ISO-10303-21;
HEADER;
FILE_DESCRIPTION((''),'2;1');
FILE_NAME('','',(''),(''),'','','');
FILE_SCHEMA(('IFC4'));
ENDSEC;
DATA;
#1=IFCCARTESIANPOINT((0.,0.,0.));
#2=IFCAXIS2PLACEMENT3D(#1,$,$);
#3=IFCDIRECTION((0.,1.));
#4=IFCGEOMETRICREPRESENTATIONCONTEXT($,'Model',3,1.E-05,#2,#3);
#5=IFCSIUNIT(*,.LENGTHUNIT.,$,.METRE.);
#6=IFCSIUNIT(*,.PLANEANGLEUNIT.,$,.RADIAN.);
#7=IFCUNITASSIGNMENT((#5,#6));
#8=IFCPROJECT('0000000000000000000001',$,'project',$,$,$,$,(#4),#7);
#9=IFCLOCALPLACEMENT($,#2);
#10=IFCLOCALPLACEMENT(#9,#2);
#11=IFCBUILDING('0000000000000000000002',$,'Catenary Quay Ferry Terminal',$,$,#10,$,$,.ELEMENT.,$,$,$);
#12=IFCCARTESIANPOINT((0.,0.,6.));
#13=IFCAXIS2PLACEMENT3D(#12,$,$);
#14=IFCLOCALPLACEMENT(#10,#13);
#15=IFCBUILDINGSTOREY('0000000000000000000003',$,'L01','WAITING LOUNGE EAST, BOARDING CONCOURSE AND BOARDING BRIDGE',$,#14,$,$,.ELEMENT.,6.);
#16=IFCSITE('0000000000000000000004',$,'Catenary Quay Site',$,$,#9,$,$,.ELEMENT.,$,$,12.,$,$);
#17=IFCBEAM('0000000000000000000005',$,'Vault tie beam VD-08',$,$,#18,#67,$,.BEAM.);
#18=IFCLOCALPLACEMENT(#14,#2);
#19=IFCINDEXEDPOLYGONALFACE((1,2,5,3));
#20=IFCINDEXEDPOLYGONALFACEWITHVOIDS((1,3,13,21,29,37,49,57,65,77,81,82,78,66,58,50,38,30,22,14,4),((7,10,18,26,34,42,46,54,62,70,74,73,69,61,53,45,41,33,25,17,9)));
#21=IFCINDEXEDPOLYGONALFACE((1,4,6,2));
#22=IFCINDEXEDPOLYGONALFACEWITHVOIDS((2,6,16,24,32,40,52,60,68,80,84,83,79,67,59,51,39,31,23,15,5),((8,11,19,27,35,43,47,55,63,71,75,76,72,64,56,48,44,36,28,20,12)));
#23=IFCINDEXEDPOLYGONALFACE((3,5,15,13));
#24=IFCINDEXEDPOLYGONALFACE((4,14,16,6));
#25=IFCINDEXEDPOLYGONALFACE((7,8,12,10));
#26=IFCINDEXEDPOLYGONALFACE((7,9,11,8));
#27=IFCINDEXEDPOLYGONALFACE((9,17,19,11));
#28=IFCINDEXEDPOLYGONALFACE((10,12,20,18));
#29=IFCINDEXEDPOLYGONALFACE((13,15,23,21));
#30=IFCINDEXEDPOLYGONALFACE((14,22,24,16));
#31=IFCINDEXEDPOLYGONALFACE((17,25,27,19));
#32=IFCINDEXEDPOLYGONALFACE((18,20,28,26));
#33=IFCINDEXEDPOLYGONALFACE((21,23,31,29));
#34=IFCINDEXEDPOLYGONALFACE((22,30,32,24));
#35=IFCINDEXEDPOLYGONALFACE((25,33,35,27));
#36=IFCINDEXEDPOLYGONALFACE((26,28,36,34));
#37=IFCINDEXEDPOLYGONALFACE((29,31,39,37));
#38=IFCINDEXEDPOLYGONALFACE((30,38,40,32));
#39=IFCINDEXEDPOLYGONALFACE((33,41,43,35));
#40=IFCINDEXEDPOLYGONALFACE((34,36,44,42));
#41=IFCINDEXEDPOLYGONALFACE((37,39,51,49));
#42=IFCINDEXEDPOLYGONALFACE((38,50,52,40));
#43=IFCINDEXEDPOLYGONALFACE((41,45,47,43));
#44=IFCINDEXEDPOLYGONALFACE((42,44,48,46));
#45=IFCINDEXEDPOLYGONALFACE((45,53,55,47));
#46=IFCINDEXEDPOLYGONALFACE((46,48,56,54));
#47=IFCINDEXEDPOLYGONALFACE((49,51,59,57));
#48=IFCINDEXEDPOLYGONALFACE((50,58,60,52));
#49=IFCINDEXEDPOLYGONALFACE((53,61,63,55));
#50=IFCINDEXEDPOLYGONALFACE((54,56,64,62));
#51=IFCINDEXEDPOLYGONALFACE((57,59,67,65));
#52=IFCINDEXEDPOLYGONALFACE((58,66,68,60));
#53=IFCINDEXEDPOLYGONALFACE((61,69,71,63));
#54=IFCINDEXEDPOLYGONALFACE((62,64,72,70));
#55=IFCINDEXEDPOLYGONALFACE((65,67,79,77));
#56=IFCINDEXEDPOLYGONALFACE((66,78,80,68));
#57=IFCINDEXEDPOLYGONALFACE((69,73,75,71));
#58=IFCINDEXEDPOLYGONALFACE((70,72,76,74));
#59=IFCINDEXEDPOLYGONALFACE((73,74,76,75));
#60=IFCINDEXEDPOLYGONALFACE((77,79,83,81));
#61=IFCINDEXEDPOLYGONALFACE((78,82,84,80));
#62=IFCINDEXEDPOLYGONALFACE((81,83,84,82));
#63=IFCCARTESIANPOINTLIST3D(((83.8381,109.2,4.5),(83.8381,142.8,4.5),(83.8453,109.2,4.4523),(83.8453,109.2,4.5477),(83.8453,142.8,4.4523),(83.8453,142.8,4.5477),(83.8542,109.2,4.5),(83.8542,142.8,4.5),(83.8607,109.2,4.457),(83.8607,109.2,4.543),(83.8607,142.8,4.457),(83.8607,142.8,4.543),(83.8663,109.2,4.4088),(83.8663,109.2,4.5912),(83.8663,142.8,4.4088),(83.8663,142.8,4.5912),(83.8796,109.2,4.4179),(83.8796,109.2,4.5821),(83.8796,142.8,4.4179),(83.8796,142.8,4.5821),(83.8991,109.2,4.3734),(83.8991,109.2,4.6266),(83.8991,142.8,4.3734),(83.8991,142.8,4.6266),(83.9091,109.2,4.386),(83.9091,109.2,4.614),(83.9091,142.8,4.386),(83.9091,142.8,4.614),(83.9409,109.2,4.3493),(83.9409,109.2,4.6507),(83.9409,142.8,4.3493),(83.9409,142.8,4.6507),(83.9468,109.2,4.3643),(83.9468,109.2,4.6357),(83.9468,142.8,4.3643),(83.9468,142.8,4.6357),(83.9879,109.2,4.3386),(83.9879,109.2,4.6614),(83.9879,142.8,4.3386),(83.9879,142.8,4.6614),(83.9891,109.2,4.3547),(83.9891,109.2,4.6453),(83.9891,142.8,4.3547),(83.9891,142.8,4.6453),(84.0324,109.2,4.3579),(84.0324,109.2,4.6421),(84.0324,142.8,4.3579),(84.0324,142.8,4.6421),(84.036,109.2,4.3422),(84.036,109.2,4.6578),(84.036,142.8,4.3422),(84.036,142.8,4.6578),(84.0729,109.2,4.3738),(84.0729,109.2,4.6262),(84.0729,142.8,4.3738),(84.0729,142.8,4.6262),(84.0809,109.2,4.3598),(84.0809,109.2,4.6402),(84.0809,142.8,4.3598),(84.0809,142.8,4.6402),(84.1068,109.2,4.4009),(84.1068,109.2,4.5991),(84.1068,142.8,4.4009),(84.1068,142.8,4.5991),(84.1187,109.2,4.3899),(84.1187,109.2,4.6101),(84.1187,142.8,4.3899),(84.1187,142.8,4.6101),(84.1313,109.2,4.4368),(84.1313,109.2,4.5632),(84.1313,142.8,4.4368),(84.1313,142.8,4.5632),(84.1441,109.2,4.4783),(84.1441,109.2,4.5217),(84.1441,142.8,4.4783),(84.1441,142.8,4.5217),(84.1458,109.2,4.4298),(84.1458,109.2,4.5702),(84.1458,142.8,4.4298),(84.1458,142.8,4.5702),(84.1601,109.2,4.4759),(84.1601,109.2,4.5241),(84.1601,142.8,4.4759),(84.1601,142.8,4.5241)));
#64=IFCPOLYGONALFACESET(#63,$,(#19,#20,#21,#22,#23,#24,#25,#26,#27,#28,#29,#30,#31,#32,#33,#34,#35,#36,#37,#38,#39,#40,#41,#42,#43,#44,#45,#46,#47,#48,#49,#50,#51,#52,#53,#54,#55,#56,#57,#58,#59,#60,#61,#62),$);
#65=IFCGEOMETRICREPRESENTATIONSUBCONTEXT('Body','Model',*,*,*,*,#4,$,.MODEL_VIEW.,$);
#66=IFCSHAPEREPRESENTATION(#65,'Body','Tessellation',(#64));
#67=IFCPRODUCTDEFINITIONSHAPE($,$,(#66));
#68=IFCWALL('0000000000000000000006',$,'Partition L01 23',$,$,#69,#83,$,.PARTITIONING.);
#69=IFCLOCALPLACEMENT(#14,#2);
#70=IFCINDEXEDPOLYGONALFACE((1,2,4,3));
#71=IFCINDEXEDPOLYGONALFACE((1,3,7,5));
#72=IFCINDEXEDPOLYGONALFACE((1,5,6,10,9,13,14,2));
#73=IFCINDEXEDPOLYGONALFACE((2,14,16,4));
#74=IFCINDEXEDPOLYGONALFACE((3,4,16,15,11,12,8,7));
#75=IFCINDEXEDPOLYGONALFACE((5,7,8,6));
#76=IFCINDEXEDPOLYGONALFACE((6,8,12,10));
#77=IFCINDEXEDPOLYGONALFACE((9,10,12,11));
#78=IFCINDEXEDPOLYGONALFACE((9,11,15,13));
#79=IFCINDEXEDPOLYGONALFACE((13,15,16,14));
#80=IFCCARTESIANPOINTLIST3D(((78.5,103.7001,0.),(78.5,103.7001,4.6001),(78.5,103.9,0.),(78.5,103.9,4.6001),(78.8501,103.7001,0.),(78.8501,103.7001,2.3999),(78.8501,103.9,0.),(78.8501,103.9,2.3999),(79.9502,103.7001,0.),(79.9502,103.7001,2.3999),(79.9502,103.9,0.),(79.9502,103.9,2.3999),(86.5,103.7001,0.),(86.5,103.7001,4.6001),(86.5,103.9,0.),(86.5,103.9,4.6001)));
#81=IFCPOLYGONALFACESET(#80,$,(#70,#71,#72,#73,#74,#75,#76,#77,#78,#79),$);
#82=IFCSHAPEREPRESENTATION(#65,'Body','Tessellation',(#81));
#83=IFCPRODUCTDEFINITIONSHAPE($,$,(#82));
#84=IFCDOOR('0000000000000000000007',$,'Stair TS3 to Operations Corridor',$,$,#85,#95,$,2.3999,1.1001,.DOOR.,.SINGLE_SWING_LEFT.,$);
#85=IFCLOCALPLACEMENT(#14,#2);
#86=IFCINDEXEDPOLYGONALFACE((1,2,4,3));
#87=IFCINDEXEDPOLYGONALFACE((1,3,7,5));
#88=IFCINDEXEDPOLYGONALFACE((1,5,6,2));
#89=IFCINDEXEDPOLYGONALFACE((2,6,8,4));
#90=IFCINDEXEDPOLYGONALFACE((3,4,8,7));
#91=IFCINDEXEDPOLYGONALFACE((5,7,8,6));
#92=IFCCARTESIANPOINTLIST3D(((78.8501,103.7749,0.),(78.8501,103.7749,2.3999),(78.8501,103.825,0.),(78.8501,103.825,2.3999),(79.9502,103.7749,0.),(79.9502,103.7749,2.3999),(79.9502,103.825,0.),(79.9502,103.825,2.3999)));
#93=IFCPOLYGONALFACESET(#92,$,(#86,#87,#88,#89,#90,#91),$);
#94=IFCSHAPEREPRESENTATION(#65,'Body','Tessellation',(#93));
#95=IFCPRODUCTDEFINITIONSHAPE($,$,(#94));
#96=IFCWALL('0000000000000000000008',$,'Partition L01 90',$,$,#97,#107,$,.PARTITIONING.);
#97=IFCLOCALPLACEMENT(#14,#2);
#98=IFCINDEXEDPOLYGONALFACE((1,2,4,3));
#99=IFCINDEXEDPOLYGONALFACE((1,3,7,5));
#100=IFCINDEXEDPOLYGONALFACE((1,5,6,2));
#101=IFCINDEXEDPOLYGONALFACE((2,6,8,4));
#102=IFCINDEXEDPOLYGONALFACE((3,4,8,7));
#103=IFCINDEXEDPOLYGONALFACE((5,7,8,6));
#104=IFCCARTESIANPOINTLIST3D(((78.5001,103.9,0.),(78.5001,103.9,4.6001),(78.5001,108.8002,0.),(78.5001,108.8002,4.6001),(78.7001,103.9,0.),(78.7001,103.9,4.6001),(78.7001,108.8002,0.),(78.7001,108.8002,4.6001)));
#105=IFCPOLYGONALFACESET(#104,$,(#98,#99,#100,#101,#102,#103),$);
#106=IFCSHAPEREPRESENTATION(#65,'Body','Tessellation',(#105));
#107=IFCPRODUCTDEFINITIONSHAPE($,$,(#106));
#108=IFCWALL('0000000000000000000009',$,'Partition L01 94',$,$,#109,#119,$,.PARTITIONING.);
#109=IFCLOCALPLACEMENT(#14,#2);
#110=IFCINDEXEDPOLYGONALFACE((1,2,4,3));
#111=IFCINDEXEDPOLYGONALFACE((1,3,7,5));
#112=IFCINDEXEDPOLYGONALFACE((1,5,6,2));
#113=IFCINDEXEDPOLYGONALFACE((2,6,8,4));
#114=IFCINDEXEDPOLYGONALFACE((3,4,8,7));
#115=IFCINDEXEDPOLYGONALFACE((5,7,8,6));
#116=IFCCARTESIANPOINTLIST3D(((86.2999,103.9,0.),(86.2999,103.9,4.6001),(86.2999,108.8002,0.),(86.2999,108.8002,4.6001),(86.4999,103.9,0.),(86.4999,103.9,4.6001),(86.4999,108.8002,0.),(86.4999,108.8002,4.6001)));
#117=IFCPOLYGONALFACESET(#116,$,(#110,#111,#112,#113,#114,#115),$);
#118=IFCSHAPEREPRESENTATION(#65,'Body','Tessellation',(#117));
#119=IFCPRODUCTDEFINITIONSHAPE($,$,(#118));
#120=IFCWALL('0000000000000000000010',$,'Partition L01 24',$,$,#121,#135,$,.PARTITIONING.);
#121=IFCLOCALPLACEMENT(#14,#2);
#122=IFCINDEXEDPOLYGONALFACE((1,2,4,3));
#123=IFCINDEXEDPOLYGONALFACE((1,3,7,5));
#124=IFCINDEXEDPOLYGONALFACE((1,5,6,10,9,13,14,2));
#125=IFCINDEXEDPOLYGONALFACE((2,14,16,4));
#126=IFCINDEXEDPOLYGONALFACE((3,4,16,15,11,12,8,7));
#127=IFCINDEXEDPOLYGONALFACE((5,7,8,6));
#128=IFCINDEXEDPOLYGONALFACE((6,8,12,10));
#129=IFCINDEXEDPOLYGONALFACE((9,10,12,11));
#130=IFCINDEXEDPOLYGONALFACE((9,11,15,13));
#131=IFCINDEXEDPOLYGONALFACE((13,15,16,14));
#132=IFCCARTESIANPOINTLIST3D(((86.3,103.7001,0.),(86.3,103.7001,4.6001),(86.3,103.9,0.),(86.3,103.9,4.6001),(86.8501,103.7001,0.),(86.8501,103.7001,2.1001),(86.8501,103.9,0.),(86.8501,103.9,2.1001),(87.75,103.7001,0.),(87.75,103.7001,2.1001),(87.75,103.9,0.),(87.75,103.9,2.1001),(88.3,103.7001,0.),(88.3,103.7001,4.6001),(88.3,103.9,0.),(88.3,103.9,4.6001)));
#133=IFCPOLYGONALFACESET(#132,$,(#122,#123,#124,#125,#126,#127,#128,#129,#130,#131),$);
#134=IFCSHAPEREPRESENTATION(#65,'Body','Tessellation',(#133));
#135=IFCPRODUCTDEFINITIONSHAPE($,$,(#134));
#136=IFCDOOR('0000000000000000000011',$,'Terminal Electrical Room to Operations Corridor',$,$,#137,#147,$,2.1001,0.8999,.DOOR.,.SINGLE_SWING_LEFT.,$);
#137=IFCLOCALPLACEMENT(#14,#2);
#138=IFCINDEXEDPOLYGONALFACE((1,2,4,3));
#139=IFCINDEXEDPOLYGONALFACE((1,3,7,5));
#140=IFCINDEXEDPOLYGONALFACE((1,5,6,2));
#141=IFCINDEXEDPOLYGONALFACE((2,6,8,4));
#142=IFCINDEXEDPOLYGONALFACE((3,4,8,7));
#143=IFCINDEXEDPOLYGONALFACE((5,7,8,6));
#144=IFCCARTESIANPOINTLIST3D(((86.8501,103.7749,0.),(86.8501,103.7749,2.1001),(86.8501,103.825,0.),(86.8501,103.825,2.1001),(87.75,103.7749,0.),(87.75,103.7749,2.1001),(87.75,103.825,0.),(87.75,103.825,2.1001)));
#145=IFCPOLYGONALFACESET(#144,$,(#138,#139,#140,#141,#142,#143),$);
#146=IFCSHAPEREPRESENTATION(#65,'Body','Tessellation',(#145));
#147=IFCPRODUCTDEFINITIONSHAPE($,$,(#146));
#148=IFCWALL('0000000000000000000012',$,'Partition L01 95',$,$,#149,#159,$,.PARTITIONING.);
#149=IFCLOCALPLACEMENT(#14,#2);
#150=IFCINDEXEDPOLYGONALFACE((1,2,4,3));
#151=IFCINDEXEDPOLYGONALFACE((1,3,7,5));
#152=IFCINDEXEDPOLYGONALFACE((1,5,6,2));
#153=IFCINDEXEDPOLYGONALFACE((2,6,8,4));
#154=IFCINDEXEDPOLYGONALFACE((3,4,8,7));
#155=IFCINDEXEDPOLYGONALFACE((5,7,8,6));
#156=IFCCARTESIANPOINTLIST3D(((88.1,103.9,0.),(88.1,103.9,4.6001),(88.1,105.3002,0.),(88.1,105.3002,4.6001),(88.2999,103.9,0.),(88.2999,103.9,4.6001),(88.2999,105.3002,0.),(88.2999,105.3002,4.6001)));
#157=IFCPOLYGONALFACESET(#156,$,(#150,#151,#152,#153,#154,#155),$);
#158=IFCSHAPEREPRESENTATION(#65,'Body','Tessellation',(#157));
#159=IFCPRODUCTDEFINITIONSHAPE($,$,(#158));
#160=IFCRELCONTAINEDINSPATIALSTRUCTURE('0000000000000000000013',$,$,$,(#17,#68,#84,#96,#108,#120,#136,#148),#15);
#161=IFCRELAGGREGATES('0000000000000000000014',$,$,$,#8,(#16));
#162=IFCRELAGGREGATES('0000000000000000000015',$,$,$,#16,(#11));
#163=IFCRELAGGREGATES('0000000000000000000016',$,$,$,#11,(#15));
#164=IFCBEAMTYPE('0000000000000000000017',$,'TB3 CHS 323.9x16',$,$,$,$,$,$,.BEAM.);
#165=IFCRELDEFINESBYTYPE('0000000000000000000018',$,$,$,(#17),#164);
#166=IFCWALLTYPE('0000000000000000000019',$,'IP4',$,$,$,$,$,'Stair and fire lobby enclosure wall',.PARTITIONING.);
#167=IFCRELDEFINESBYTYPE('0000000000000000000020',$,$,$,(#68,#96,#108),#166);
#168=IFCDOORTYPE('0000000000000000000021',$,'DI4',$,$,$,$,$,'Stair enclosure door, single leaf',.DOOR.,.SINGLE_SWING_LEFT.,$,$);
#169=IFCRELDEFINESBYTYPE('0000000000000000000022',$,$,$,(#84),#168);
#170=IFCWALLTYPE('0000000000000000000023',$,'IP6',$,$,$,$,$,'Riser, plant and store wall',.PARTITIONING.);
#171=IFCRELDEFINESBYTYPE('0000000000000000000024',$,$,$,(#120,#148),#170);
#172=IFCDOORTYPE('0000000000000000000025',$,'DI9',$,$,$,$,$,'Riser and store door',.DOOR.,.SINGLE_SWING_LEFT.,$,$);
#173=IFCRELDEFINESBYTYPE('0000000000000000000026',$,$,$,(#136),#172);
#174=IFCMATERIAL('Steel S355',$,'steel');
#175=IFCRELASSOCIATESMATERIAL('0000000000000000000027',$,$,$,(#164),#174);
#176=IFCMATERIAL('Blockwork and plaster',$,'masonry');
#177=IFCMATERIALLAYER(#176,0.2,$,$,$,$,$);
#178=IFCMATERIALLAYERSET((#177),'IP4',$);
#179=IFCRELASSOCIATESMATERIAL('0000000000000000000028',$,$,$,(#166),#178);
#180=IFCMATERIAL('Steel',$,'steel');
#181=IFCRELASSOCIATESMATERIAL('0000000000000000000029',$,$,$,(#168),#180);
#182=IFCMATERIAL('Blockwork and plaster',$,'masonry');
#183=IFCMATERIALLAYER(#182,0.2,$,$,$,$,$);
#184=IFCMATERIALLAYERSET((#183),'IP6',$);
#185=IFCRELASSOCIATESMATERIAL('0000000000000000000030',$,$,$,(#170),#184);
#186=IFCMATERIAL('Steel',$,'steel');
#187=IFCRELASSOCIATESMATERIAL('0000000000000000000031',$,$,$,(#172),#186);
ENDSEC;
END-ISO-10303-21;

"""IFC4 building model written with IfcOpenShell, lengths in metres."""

from ifc_helpers import new_model, si_unit, direction, frame, frame_2d, origin, origin_2d, place, context, subcontext, project, spatial, rectangle, hollow_circle, extrude, material, layer, layer_set, material_profile, profile_set, type_object, element, fill, save


model = new_model("IFC4")

# Units and contexts
model_context = context("Model", 3, precision=1e-05, world=origin(), true_north=direction((0.0, 1.0)))
body_context = subcontext(model_context, "Body", "Model", "MODEL_VIEW")
ifc_project = project(units=[si_unit("LENGTHUNIT", "METRE"), si_unit("PLANEANGLEUNIT", "RADIAN")], contexts=[model_context])

# Site, building, storey
site_placement = place(None, origin())
site = spatial("IfcSite", under=ifc_project, at=site_placement, Name="Catenary Quay Site", CompositionType="ELEMENT", RefElevation=12.0)
building_placement = place(site_placement, origin())
building = spatial("IfcBuilding", under=site, at=building_placement, Name="Catenary Quay Ferry Terminal", CompositionType="ELEMENT")
storey_placement = place(building_placement, frame((0.0, 0.0, 6.0)))
storey = spatial("IfcBuildingStorey", under=building, at=storey_placement, Name="L01", Description="WAITING LOUNGE EAST, BOARDING CONCOURSE AND BOARDING BRIDGE", CompositionType="ELEMENT", Elevation=6.0)

# Beam
ifc_material_1 = material(Name="Steel S355", Category="steel")
ifc_material_profile_1 = material_profile(ifc_material_1, hollow_circle(Radius=0.1619, WallThickness=0.0161, at=origin_2d()), Name="CHS 323.9x16")
ifc_profile_set_1 = profile_set([ifc_material_profile_1], Name="Steel S355")
beam_type_1 = type_object("IfcBeamType", Name="TB3 CHS 323.9x16", PredefinedType="BEAM", material=ifc_profile_set_1)
for number, where, z_axis, x_axis, name in (
    (1, (84.0, 109.2, 4.5), (0.0, 1.0, 0.0), (-1.0, 0.0, 0.0), "Vault tie beam VD-08"),
):
    element("IfcBeam", number, at=place(storey_placement, frame(where, z_axis=z_axis, x_axis=x_axis)), inside=storey, type_object=beam_type_1, Name=name, PredefinedType="BEAM", context=body_context, shape_type="SweptSolid", body=[
        extrude(hollow_circle(Radius=0.1619, WallThickness=0.0161, at=origin_2d()), origin(), (0.0, 0.0, 1.0), 33.6001),
    ])

# Wall, opening, door
ifc_material_2 = material(Name="Blockwork and plaster", Category="masonry")
ifc_layer_1 = layer(ifc_material_2, 0.2)
ifc_layer_set_1 = layer_set([ifc_layer_1], Name="IP4")
wall_type_1 = type_object("IfcWallType", Name="IP4", ElementType="Stair and fire lobby enclosure wall", PredefinedType="PARTITIONING", material=ifc_layer_set_1)
wall_1_placement = place(storey_placement, frame((78.5, 103.8, 0.0), z_axis=(0.0, 0.0, 1.0), x_axis=(1.0, 0.0, 0.0)))
wall_1 = element("IfcWall", 2, at=wall_1_placement, inside=storey, type_object=wall_type_1, Name="Partition L01 23", PredefinedType="PARTITIONING", context=body_context, shape_type="SweptSolid", body=[
    extrude(rectangle(XDim=8.0, YDim=0.2, at=frame_2d((4.0, 0.0))), origin(), (0.0, 0.0, 1.0), 4.6001),
])
opening_1_placement = place(wall_1_placement, frame((0.3501, 0.0, 0.0)))
opening_1 = element("IfcOpeningElement", 3, at=opening_1_placement, cuts=wall_1, PredefinedType="OPENING", context=body_context, shape_type="SweptSolid", body=[
    extrude(rectangle(XDim=1.1001, YDim=2.3999, at=frame_2d((0.55, 1.2))), frame((0.0, 0.1099, 0.0), z_axis=(0.0, -1.0, 0.0), x_axis=(1.0, 0.0, 0.0)), (0.0, 0.0, 1.0), 0.22),
])
ifc_material_3 = material(Name="Steel", Category="steel")
door_type_1 = type_object("IfcDoorType", Name="DI4", ElementType="Stair enclosure door, single leaf", OperationType="SINGLE_SWING_LEFT", PredefinedType="DOOR", material=ifc_material_3)
door_1_placement = place(opening_1_placement, origin())
door_1 = element("IfcDoor", 4, at=door_1_placement, inside=storey, type_object=door_type_1, Name="Stair TS3 to Operations Corridor", OperationType="SINGLE_SWING_LEFT", OverallHeight=2.3999, OverallWidth=1.1001, PredefinedType="DOOR", context=body_context, shape_type="SweptSolid", body=[
    extrude(rectangle(XDim=1.1001, YDim=2.3999, at=frame_2d((0.55, 1.2))), frame((0.0, 0.0249, 0.0), z_axis=(0.0, -1.0, 0.0), x_axis=(1.0, 0.0, 0.0)), (0.0, 0.0, 1.0), 0.05),
])
fill(opening_1, door_1)

# Walls
for number, where, z_axis, x_axis, name in (
    (5, (78.6001, 103.8999, 0.0), (0.0, 0.0, 1.0), (0.0, 1.0, 0.0), "Partition L01 90"),
    (6, (86.3999, 103.8999, 0.0), (0.0, 0.0, 1.0), (0.0, 1.0, 0.0), "Partition L01 94"),
):
    element("IfcWall", number, at=place(storey_placement, frame(where, z_axis=z_axis, x_axis=x_axis)), inside=storey, type_object=wall_type_1, Name=name, PredefinedType="PARTITIONING", context=body_context, shape_type="SweptSolid", body=[
        extrude(rectangle(XDim=4.9001, YDim=0.2, at=frame_2d((2.4502, 0.0))), origin(), (0.0, 0.0, 1.0), 4.6001),
    ])

# Wall, opening, door
ifc_material_4 = material(Name="Blockwork and plaster", Category="masonry")
ifc_layer_2 = layer(ifc_material_4, 0.2)
ifc_layer_set_2 = layer_set([ifc_layer_2], Name="IP6")
wall_type_2 = type_object("IfcWallType", Name="IP6", ElementType="Riser, plant and store wall", PredefinedType="PARTITIONING", material=ifc_layer_set_2)
wall_2_placement = place(storey_placement, frame((86.3, 103.8, 0.0), z_axis=(0.0, 0.0, 1.0), x_axis=(1.0, 0.0, 0.0)))
wall_2 = element("IfcWall", 7, at=wall_2_placement, inside=storey, type_object=wall_type_2, Name="Partition L01 24", PredefinedType="PARTITIONING", context=body_context, shape_type="SweptSolid", body=[
    extrude(rectangle(XDim=2.0, YDim=0.2, at=frame_2d((1.0, 0.0))), origin(), (0.0, 0.0, 1.0), 4.6001),
])
opening_2_placement = place(wall_2_placement, frame((0.55, 0.0, 0.0)))
opening_2 = element("IfcOpeningElement", 8, at=opening_2_placement, cuts=wall_2, PredefinedType="OPENING", context=body_context, shape_type="SweptSolid", body=[
    extrude(rectangle(XDim=0.8999, YDim=2.1001, at=frame_2d((0.45, 1.05))), frame((0.0, 0.1099, 0.0), z_axis=(0.0, -1.0, 0.0), x_axis=(1.0, 0.0, 0.0)), (0.0, 0.0, 1.0), 0.22),
])
ifc_material_5 = material(Name="Steel", Category="steel")
door_type_2 = type_object("IfcDoorType", Name="DI9", ElementType="Riser and store door", OperationType="SINGLE_SWING_LEFT", PredefinedType="DOOR", material=ifc_material_5)
door_2_placement = place(opening_2_placement, origin())
door_2 = element("IfcDoor", 9, at=door_2_placement, inside=storey, type_object=door_type_2, Name="Terminal Electrical Room to Operations Corridor", OperationType="SINGLE_SWING_LEFT", OverallHeight=2.1001, OverallWidth=0.8999, PredefinedType="DOOR", context=body_context, shape_type="SweptSolid", body=[
    extrude(rectangle(XDim=0.8999, YDim=2.1001, at=frame_2d((0.45, 1.05))), frame((0.0, 0.0249, 0.0), z_axis=(0.0, -1.0, 0.0), x_axis=(1.0, 0.0, 0.0)), (0.0, 0.0, 1.0), 0.05),
])
fill(opening_2, door_2)

# Wall
wall_3_placement = place(storey_placement, frame((88.2, 103.8999, 0.0), z_axis=(0.0, 0.0, 1.0), x_axis=(0.0, 1.0, 0.0)))
element("IfcWall", 10, at=wall_3_placement, inside=storey, type_object=wall_type_2, Name="Partition L01 95", PredefinedType="PARTITIONING", context=body_context, shape_type="SweptSolid", body=[
    extrude(rectangle(XDim=1.4001, YDim=0.2, at=frame_2d((0.7002, 0.0))), origin(), (0.0, 0.0, 1.0), 4.6001),
])

save(model, "model.ifc")
